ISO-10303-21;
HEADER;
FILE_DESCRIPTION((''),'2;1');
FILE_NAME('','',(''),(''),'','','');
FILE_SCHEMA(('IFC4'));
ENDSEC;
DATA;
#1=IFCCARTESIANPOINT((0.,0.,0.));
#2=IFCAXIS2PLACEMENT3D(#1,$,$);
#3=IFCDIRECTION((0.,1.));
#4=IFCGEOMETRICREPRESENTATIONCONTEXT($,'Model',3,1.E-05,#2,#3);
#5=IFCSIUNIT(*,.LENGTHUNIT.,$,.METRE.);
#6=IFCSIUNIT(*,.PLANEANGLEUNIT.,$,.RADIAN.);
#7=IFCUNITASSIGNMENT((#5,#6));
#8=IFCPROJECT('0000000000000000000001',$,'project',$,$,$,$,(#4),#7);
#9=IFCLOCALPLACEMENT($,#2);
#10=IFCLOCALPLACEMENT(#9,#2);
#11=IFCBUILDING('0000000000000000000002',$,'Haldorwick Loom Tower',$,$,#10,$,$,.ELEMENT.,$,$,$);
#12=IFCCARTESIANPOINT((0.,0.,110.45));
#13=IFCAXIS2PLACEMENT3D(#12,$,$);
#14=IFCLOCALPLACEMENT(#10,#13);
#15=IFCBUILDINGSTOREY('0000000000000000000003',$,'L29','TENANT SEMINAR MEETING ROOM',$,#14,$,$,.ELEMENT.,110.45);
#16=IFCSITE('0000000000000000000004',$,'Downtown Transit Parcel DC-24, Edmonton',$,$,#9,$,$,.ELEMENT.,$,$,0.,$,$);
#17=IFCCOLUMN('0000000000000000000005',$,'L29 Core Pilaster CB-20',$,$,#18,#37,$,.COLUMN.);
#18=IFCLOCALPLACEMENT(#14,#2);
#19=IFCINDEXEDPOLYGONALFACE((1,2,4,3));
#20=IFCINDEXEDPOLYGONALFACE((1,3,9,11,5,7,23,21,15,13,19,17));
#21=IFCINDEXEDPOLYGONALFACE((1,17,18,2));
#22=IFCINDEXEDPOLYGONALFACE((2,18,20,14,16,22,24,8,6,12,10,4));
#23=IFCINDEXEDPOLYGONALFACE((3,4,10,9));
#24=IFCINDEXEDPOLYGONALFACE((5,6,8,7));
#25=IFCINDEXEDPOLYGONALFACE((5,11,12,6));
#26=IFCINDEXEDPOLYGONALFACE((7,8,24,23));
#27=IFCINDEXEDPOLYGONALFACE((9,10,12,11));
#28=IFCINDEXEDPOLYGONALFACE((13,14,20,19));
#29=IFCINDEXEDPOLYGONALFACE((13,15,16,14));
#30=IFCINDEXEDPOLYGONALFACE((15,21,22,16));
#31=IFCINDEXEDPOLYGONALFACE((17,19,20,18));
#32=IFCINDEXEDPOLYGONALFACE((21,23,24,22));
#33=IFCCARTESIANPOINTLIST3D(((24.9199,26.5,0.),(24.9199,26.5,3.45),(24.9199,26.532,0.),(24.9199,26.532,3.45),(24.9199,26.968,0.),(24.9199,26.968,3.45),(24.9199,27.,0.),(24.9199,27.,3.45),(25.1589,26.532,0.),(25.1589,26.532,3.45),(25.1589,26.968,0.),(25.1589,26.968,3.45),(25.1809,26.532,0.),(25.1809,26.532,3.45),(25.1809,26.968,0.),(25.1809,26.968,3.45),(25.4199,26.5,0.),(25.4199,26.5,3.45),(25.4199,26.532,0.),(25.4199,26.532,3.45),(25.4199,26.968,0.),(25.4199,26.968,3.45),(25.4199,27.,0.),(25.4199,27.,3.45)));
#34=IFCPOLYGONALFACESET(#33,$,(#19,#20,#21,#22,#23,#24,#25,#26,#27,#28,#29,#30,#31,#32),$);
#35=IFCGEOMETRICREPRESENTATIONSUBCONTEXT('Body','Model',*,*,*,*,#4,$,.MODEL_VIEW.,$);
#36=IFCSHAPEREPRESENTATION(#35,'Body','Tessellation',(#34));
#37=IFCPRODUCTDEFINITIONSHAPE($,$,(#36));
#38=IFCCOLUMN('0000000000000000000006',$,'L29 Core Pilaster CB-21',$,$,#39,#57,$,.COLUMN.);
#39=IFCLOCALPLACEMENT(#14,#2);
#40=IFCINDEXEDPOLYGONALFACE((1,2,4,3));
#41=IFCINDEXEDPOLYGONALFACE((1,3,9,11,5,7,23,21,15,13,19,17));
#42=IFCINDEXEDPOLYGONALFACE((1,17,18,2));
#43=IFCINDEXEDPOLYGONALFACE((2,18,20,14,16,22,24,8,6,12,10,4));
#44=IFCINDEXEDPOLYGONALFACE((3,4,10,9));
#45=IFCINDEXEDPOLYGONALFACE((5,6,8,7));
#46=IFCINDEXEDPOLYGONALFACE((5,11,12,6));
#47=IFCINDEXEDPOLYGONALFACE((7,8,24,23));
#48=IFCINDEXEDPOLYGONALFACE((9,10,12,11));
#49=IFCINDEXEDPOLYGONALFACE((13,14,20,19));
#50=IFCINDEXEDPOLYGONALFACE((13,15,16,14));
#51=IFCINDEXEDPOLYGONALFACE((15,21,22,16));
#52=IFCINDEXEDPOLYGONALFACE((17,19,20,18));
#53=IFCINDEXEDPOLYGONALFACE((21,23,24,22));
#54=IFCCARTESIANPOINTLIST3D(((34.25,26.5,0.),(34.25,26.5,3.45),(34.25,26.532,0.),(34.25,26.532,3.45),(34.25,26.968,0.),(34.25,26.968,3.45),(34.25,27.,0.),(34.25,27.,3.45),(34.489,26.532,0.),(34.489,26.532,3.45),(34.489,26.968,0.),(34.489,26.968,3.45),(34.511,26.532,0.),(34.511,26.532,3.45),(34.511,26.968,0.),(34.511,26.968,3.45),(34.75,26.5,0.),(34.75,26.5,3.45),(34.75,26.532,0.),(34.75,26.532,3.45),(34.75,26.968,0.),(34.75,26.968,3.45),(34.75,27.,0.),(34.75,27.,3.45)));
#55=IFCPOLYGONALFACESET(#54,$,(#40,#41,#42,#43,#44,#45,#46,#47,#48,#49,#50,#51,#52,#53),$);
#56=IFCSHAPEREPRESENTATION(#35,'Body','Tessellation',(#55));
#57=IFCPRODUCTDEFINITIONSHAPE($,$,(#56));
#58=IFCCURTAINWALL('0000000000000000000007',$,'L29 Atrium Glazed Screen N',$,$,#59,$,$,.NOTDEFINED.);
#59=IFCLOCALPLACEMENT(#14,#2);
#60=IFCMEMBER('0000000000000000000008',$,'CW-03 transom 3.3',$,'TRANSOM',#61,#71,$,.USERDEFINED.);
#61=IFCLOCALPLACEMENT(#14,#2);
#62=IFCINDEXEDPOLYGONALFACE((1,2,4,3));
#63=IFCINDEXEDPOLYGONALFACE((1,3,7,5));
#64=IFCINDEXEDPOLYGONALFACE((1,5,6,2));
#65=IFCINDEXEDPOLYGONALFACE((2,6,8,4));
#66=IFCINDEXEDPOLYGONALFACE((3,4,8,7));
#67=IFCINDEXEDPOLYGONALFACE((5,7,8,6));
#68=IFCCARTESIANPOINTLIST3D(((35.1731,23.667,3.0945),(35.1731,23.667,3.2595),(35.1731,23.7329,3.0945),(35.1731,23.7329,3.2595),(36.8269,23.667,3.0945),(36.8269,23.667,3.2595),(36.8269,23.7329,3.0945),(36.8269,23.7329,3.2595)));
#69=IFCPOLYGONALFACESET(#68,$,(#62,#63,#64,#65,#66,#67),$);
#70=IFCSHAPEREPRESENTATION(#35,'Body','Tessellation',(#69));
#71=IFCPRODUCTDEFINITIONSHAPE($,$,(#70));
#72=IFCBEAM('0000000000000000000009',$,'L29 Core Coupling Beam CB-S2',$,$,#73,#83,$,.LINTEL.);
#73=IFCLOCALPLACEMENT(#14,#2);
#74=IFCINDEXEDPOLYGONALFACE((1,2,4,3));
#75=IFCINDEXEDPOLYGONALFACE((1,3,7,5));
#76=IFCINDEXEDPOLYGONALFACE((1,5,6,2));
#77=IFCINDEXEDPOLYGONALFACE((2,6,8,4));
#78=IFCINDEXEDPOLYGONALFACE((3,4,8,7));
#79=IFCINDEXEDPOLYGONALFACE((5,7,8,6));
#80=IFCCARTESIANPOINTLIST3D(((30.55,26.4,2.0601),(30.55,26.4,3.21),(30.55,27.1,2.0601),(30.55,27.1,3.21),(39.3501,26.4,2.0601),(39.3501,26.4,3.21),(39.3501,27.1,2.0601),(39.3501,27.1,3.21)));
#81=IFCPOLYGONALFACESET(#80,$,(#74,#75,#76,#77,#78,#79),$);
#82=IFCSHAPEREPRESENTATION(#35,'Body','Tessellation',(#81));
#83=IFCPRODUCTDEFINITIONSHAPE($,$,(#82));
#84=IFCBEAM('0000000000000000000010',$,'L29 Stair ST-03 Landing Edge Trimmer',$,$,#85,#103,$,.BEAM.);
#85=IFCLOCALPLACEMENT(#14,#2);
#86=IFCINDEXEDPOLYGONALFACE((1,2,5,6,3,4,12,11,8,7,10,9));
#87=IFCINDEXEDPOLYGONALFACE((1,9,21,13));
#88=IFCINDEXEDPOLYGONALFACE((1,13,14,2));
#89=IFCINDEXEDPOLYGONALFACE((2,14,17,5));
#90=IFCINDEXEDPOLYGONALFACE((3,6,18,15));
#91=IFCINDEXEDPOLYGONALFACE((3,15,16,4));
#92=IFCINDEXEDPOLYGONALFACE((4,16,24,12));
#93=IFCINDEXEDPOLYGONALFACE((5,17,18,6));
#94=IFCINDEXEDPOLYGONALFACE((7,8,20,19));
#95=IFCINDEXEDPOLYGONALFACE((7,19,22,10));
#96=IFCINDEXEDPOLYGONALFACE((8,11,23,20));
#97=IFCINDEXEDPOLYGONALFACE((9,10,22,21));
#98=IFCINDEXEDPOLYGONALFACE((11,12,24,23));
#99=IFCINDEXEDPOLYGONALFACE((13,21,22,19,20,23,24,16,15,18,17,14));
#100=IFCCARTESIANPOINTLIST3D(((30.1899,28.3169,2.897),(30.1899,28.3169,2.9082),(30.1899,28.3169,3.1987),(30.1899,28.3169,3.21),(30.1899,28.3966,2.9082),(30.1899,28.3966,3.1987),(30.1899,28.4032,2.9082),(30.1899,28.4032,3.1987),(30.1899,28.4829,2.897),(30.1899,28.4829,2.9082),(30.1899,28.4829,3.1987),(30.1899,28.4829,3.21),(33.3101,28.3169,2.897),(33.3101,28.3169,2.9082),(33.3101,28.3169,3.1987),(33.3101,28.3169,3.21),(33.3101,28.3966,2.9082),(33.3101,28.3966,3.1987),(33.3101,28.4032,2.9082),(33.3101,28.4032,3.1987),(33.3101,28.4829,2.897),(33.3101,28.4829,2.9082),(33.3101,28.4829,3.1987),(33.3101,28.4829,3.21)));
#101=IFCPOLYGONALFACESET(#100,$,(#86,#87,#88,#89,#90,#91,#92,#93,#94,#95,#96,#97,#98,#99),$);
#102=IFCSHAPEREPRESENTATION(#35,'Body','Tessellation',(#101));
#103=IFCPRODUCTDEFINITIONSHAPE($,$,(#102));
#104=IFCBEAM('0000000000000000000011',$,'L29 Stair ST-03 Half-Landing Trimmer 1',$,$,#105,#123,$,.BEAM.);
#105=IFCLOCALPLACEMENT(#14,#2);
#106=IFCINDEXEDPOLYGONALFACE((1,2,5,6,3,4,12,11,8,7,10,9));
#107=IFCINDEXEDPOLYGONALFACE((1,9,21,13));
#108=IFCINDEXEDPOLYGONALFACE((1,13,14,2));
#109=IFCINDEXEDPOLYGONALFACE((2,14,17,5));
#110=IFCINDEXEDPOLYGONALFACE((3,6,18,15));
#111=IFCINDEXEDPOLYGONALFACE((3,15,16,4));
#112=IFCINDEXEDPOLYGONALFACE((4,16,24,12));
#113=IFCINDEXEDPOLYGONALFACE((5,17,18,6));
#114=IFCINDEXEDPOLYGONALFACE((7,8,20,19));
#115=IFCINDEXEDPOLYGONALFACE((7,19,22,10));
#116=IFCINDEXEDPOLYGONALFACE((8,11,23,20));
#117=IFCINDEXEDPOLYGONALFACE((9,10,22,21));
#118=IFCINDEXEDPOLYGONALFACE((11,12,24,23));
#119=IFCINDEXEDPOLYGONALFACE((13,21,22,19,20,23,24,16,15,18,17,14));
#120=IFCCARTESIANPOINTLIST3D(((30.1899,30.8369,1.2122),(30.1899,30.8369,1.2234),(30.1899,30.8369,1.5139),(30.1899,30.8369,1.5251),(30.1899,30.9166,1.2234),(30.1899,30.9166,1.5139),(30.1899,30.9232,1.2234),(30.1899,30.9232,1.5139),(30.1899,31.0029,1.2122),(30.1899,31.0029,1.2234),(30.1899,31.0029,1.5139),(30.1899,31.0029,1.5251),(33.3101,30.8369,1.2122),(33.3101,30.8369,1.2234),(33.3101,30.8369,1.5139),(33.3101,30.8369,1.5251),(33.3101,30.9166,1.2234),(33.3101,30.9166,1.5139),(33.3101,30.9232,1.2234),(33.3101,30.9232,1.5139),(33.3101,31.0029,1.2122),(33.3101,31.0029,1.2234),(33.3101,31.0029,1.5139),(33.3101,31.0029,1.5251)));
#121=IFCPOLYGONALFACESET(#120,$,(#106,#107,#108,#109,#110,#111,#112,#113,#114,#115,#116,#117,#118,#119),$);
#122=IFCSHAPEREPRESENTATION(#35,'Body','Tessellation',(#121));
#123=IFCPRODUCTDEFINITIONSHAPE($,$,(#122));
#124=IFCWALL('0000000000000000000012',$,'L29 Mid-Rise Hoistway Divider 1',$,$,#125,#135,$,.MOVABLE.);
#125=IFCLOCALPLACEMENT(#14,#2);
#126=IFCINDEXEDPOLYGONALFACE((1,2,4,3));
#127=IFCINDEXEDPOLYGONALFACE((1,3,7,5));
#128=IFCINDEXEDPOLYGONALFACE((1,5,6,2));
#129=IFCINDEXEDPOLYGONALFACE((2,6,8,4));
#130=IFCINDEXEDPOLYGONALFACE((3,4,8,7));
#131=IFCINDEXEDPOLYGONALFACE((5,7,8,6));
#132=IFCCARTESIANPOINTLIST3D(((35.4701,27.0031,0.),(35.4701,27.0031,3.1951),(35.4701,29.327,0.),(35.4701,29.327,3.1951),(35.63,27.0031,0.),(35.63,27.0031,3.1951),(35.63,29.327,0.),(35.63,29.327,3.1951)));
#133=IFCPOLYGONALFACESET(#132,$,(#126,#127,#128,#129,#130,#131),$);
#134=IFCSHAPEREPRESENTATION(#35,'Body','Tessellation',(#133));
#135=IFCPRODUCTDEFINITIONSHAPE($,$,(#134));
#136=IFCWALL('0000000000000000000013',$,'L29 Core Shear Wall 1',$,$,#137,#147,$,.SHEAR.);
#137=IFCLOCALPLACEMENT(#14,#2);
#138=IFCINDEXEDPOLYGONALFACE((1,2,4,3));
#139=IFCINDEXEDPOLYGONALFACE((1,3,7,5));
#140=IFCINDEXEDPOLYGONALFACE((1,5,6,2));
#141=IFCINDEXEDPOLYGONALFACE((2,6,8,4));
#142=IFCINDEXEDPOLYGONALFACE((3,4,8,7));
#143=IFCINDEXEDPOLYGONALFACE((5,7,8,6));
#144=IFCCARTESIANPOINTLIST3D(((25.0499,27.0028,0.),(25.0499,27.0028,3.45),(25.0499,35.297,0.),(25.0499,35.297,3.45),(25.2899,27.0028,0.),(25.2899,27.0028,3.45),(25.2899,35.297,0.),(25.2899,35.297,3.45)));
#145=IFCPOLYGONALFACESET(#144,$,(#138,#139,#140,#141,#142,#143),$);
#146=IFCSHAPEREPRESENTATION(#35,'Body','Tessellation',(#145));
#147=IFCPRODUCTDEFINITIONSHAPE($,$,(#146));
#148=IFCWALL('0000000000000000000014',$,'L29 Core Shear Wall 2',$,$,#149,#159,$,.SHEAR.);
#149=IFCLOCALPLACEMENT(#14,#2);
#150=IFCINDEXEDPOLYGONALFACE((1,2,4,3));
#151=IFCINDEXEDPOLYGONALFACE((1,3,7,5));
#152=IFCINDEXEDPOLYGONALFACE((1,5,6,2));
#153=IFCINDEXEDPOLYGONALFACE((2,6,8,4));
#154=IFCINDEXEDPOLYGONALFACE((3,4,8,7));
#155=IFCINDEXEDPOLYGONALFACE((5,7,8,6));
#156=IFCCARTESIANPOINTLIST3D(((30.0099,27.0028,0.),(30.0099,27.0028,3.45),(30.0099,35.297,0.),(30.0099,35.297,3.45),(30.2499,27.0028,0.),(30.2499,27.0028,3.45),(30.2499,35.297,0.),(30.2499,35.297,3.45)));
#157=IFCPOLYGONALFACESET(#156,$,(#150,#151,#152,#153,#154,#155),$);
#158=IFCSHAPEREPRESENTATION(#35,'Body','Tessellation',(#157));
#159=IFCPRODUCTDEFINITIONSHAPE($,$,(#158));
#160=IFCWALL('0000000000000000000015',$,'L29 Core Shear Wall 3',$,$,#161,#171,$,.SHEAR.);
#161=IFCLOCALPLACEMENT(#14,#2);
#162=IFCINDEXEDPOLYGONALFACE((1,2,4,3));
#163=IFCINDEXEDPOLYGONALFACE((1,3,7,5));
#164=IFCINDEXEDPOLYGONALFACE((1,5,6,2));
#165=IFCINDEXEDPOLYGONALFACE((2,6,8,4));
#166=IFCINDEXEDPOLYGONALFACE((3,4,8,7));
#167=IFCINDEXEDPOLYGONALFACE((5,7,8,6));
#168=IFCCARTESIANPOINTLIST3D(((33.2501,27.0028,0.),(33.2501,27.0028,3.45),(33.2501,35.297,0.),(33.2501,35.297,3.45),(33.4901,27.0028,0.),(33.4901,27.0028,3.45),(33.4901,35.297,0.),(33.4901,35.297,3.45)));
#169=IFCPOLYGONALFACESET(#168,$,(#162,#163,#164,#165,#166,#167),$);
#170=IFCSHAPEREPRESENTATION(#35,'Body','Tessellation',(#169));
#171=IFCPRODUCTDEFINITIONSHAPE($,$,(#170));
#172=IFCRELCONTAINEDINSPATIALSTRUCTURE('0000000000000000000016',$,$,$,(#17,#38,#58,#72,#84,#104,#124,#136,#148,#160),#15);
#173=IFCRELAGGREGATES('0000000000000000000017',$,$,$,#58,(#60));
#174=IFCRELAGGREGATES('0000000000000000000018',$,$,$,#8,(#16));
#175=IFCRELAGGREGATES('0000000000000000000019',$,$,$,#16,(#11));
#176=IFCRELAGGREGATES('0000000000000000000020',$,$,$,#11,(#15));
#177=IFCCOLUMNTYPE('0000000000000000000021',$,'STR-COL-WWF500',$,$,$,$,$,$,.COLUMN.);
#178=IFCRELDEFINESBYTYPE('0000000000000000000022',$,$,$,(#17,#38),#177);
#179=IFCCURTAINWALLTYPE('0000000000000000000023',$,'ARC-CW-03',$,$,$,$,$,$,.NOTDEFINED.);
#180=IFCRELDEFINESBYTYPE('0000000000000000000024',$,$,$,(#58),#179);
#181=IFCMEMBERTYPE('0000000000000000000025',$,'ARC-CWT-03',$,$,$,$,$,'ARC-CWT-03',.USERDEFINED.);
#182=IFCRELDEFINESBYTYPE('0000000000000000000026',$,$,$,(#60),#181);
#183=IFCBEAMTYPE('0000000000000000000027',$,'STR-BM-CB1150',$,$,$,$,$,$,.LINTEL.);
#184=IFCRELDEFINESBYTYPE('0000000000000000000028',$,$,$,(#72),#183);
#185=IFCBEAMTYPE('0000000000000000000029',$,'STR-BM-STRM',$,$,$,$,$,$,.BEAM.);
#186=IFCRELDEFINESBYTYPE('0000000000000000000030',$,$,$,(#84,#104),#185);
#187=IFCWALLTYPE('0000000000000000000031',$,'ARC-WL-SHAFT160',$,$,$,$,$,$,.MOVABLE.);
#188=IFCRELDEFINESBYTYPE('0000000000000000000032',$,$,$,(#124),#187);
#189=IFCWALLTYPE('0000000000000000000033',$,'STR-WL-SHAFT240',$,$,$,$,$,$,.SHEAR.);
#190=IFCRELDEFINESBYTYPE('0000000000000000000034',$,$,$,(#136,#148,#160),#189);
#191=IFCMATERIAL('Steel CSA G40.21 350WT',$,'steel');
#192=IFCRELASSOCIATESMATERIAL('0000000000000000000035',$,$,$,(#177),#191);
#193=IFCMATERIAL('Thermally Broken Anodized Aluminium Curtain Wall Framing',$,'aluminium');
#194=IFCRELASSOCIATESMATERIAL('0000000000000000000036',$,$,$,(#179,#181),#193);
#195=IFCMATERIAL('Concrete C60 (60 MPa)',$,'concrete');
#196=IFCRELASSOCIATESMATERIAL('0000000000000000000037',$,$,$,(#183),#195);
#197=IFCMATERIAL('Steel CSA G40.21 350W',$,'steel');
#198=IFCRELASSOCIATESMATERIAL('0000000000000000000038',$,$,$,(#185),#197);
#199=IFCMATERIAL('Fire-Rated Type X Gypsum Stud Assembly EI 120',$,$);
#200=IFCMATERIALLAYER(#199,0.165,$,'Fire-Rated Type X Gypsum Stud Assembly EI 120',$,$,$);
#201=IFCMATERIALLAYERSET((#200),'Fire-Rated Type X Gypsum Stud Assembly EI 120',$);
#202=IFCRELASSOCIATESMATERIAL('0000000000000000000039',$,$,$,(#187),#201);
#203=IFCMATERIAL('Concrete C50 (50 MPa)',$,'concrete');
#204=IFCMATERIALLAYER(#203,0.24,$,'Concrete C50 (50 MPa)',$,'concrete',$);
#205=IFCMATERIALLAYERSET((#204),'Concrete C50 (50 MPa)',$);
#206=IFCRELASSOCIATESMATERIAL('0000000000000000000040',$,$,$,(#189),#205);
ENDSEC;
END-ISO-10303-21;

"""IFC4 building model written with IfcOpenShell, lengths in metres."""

from ifc_helpers import new_model, si_unit, direction, frame, frame_2d, origin, origin_2d, place, context, subcontext, project, spatial, rectangle, i_section, extrude, material, layer, layer_set, material_profile, profile_set, type_object, element, aggregate, save


model = new_model("IFC4")

# Units and contexts
model_context = context("Model", 3, precision=1e-05, world=origin(), true_north=direction((0.0, 1.0)))
body_context = subcontext(model_context, "Body", "Model", "MODEL_VIEW")
ifc_project = project(units=[si_unit("LENGTHUNIT", "METRE"), si_unit("PLANEANGLEUNIT", "RADIAN")], contexts=[model_context])

# Site, building, storey
site_placement = place(None, origin())
site = spatial("IfcSite", under=ifc_project, at=site_placement, Name="Downtown Transit Parcel DC-24, Edmonton", CompositionType="ELEMENT", RefElevation=0.0)
building_placement = place(site_placement, origin())
building = spatial("IfcBuilding", under=site, at=building_placement, Name="Haldorwick Loom Tower", CompositionType="ELEMENT")
storey_placement = place(building_placement, frame((0.0, 0.0, 110.45)))
storey = spatial("IfcBuildingStorey", under=building, at=storey_placement, Name="L29", Description="TENANT SEMINAR MEETING ROOM", CompositionType="ELEMENT", Elevation=110.45)

# Columns
ifc_material_1 = material(Name="Steel CSA G40.21 350WT", Category="steel")
ifc_material_profile_1 = material_profile(ifc_material_1, i_section(OverallWidth=0.5, OverallDepth=0.5, WebThickness=0.022, FlangeThickness=0.032, at=origin_2d()), Name="WWF500X500", Category="steel")
ifc_profile_set_1 = profile_set([ifc_material_profile_1], Name="Steel CSA G40.21 350WT")
column_type = type_object("IfcColumnType", Name="STR-COL-WWF500", PredefinedType="COLUMN", material=ifc_profile_set_1)
for number, where, z_axis, x_axis, name in (
    (1, (25.1699, 26.75, 0.0), (0.0, 0.0, 1.0), (1.0, 0.0, 0.0), "L29 Core Pilaster CB-20"),
    (2, (34.5, 26.75, 0.0), (0.0, 0.0, 1.0), (1.0, 0.0, 0.0), "L29 Core Pilaster CB-21"),
):
    element("IfcColumn", number, at=place(storey_placement, frame(where, z_axis=z_axis, x_axis=x_axis)), inside=storey, type_object=column_type, Name=name, PredefinedType="COLUMN", context=body_context, shape_type="SweptSolid", body=[
        extrude(i_section(OverallWidth=0.5, OverallDepth=0.5, WebThickness=0.022, FlangeThickness=0.032, at=origin_2d()), origin(), (0.0, 0.0, 1.0), 3.45),
    ])

# Curtain wall, member
ifc_material_2 = material(Name="Thermally Broken Anodized Aluminium Curtain Wall Framing", Category="aluminium")
curtain_wall_type = type_object("IfcCurtainWallType", Name="ARC-CW-03", PredefinedType="NOTDEFINED", material=ifc_material_2)
curtain_wall_placement = place(storey_placement, origin())
curtain_wall = element("IfcCurtainWall", 3, at=curtain_wall_placement, inside=storey, type_object=curtain_wall_type, Name="L29 Atrium Glazed Screen N", PredefinedType="NOTDEFINED")
ifc_material_profile_2 = material_profile(ifc_material_2, rectangle(XDim=0.0659, YDim=0.165, at=origin_2d()), Name="ALU_TRN_66X165", Category="aluminium")
ifc_profile_set_2 = profile_set([ifc_material_profile_2], Name="Thermally Broken Anodized Aluminium Curtain Wall Framing")
member_type = type_object("IfcMemberType", Name="ARC-CWT-03", ElementType="ARC-CWT-03", PredefinedType="USERDEFINED", material=ifc_profile_set_2)
member_placement = place(storey_placement, frame((35.1731, 23.7, 3.177), z_axis=(1.0, 0.0, 0.0), x_axis=(0.0, 1.0, 0.0)))
member = element("IfcMember", 4, at=member_placement, type_object=member_type, Name="CW-03 transom 3.3", ObjectType="TRANSOM", PredefinedType="USERDEFINED", context=body_context, shape_type="SweptSolid", body=[
    extrude(rectangle(XDim=0.0659, YDim=0.165, at=origin_2d()), origin(), (0.0, 0.0, 1.0), 1.6538),
])
aggregate(curtain_wall, [member])

# Beams
ifc_material_3 = material(Name="Concrete C60 (60 MPa)", Category="concrete")
ifc_material_profile_3 = material_profile(ifc_material_3, rectangle(XDim=0.7, YDim=1.1499, at=origin_2d()), Name="RC700X1150", Category="concrete")
ifc_profile_set_3 = profile_set([ifc_material_profile_3], Name="Concrete C60 (60 MPa)")
beam_type_1 = type_object("IfcBeamType", Name="STR-BM-CB1150", PredefinedType="LINTEL", material=ifc_profile_set_3)
beam_placement = place(storey_placement, frame((30.55, 26.75, 2.635), z_axis=(1.0, 0.0, 0.0), x_axis=(0.0, 1.0, 0.0)))
element("IfcBeam", 5, at=beam_placement, inside=storey, type_object=beam_type_1, Name="L29 Core Coupling Beam CB-S2", PredefinedType="LINTEL", context=body_context, shape_type="SweptSolid", body=[
    extrude(rectangle(XDim=0.7, YDim=1.1499, at=origin_2d()), origin(), (0.0, 0.0, 1.0), 8.8),
])
ifc_material_4 = material(Name="Steel CSA G40.21 350W", Category="steel")
ifc_material_profile_4 = material_profile(ifc_material_4, i_section(OverallWidth=0.166, OverallDepth=0.313, WebThickness=0.0066, FlangeThickness=0.0112, at=origin_2d()), Name="W310X45", Category="steel")
ifc_profile_set_4 = profile_set([ifc_material_profile_4], Name="Steel CSA G40.21 350W")
beam_type_2 = type_object("IfcBeamType", Name="STR-BM-STRM", PredefinedType="BEAM", material=ifc_profile_set_4)
for number, where, z_axis, x_axis, name in (
    (6, (30.1899, 28.3999, 3.0535), (1.0, 0.0, 0.0), (0.0, 1.0, 0.0), "L29 Stair ST-03 Landing Edge Trimmer"),
    (7, (30.1899, 30.9199, 1.3687), (1.0, 0.0, 0.0), (0.0, 1.0, 0.0), "L29 Stair ST-03 Half-Landing Trimmer 1"),
):
    element("IfcBeam", number, at=place(storey_placement, frame(where, z_axis=z_axis, x_axis=x_axis)), inside=storey, type_object=beam_type_2, Name=name, PredefinedType="BEAM", context=body_context, shape_type="SweptSolid", body=[
        extrude(i_section(OverallWidth=0.166, OverallDepth=0.313, WebThickness=0.0066, FlangeThickness=0.0112, at=origin_2d()), origin(), (0.0, 0.0, 1.0), 3.1201),
    ])

# Walls
ifc_material_5 = material(Name="Fire-Rated Type X Gypsum Stud Assembly EI 120")
ifc_layer_1 = layer(ifc_material_5, 0.165, Name="Fire-Rated Type X Gypsum Stud Assembly EI 120")
ifc_layer_set_1 = layer_set([ifc_layer_1], Name="Fire-Rated Type X Gypsum Stud Assembly EI 120")
wall_type_1 = type_object("IfcWallType", Name="ARC-WL-SHAFT160", PredefinedType="MOVABLE", material=ifc_layer_set_1)
wall_1_placement = place(storey_placement, frame((35.55, 27.0029, 0.0), z_axis=(0.0, 0.0, 1.0), x_axis=(0.0, 1.0, 0.0)))
element("IfcWall", 8, at=wall_1_placement, inside=storey, type_object=wall_type_1, Name="L29 Mid-Rise Hoistway Divider 1", PredefinedType="MOVABLE", context=body_context, shape_type="SweptSolid", body=[
    extrude(rectangle(XDim=2.324, YDim=0.1599, at=frame_2d((1.1621, 0.0))), origin(), (0.0, 0.0, 1.0), 3.1951),
])
ifc_material_6 = material(Name="Concrete C50 (50 MPa)", Category="concrete")
ifc_layer_2 = layer(ifc_material_6, 0.24, Name="Concrete C50 (50 MPa)", Category="concrete")
ifc_layer_set_2 = layer_set([ifc_layer_2], Name="Concrete C50 (50 MPa)")
wall_type_2 = type_object("IfcWallType", Name="STR-WL-SHAFT240", PredefinedType="SHEAR", material=ifc_layer_set_2)
for number, where, z_axis, x_axis, name in (
    (9, (25.1699, 27.0029, 0.0), (0.0, 0.0, 1.0), (0.0, 1.0, 0.0), "L29 Core Shear Wall 1"),
    (10, (30.1299, 27.0029, 0.0), (0.0, 0.0, 1.0), (0.0, 1.0, 0.0), "L29 Core Shear Wall 2"),
    (11, (33.3701, 27.0029, 0.0), (0.0, 0.0, 1.0), (0.0, 1.0, 0.0), "L29 Core Shear Wall 3"),
):
    element("IfcWall", number, at=place(storey_placement, frame(where, z_axis=z_axis, x_axis=x_axis)), inside=storey, type_object=wall_type_2, Name=name, PredefinedType="SHEAR", context=body_context, shape_type="SweptSolid", body=[
        extrude(rectangle(XDim=8.2942, YDim=0.24, at=frame_2d((4.147, 0.0))), origin(), (0.0, 0.0, 1.0), 3.45),
    ])

save(model, "model.ifc")
